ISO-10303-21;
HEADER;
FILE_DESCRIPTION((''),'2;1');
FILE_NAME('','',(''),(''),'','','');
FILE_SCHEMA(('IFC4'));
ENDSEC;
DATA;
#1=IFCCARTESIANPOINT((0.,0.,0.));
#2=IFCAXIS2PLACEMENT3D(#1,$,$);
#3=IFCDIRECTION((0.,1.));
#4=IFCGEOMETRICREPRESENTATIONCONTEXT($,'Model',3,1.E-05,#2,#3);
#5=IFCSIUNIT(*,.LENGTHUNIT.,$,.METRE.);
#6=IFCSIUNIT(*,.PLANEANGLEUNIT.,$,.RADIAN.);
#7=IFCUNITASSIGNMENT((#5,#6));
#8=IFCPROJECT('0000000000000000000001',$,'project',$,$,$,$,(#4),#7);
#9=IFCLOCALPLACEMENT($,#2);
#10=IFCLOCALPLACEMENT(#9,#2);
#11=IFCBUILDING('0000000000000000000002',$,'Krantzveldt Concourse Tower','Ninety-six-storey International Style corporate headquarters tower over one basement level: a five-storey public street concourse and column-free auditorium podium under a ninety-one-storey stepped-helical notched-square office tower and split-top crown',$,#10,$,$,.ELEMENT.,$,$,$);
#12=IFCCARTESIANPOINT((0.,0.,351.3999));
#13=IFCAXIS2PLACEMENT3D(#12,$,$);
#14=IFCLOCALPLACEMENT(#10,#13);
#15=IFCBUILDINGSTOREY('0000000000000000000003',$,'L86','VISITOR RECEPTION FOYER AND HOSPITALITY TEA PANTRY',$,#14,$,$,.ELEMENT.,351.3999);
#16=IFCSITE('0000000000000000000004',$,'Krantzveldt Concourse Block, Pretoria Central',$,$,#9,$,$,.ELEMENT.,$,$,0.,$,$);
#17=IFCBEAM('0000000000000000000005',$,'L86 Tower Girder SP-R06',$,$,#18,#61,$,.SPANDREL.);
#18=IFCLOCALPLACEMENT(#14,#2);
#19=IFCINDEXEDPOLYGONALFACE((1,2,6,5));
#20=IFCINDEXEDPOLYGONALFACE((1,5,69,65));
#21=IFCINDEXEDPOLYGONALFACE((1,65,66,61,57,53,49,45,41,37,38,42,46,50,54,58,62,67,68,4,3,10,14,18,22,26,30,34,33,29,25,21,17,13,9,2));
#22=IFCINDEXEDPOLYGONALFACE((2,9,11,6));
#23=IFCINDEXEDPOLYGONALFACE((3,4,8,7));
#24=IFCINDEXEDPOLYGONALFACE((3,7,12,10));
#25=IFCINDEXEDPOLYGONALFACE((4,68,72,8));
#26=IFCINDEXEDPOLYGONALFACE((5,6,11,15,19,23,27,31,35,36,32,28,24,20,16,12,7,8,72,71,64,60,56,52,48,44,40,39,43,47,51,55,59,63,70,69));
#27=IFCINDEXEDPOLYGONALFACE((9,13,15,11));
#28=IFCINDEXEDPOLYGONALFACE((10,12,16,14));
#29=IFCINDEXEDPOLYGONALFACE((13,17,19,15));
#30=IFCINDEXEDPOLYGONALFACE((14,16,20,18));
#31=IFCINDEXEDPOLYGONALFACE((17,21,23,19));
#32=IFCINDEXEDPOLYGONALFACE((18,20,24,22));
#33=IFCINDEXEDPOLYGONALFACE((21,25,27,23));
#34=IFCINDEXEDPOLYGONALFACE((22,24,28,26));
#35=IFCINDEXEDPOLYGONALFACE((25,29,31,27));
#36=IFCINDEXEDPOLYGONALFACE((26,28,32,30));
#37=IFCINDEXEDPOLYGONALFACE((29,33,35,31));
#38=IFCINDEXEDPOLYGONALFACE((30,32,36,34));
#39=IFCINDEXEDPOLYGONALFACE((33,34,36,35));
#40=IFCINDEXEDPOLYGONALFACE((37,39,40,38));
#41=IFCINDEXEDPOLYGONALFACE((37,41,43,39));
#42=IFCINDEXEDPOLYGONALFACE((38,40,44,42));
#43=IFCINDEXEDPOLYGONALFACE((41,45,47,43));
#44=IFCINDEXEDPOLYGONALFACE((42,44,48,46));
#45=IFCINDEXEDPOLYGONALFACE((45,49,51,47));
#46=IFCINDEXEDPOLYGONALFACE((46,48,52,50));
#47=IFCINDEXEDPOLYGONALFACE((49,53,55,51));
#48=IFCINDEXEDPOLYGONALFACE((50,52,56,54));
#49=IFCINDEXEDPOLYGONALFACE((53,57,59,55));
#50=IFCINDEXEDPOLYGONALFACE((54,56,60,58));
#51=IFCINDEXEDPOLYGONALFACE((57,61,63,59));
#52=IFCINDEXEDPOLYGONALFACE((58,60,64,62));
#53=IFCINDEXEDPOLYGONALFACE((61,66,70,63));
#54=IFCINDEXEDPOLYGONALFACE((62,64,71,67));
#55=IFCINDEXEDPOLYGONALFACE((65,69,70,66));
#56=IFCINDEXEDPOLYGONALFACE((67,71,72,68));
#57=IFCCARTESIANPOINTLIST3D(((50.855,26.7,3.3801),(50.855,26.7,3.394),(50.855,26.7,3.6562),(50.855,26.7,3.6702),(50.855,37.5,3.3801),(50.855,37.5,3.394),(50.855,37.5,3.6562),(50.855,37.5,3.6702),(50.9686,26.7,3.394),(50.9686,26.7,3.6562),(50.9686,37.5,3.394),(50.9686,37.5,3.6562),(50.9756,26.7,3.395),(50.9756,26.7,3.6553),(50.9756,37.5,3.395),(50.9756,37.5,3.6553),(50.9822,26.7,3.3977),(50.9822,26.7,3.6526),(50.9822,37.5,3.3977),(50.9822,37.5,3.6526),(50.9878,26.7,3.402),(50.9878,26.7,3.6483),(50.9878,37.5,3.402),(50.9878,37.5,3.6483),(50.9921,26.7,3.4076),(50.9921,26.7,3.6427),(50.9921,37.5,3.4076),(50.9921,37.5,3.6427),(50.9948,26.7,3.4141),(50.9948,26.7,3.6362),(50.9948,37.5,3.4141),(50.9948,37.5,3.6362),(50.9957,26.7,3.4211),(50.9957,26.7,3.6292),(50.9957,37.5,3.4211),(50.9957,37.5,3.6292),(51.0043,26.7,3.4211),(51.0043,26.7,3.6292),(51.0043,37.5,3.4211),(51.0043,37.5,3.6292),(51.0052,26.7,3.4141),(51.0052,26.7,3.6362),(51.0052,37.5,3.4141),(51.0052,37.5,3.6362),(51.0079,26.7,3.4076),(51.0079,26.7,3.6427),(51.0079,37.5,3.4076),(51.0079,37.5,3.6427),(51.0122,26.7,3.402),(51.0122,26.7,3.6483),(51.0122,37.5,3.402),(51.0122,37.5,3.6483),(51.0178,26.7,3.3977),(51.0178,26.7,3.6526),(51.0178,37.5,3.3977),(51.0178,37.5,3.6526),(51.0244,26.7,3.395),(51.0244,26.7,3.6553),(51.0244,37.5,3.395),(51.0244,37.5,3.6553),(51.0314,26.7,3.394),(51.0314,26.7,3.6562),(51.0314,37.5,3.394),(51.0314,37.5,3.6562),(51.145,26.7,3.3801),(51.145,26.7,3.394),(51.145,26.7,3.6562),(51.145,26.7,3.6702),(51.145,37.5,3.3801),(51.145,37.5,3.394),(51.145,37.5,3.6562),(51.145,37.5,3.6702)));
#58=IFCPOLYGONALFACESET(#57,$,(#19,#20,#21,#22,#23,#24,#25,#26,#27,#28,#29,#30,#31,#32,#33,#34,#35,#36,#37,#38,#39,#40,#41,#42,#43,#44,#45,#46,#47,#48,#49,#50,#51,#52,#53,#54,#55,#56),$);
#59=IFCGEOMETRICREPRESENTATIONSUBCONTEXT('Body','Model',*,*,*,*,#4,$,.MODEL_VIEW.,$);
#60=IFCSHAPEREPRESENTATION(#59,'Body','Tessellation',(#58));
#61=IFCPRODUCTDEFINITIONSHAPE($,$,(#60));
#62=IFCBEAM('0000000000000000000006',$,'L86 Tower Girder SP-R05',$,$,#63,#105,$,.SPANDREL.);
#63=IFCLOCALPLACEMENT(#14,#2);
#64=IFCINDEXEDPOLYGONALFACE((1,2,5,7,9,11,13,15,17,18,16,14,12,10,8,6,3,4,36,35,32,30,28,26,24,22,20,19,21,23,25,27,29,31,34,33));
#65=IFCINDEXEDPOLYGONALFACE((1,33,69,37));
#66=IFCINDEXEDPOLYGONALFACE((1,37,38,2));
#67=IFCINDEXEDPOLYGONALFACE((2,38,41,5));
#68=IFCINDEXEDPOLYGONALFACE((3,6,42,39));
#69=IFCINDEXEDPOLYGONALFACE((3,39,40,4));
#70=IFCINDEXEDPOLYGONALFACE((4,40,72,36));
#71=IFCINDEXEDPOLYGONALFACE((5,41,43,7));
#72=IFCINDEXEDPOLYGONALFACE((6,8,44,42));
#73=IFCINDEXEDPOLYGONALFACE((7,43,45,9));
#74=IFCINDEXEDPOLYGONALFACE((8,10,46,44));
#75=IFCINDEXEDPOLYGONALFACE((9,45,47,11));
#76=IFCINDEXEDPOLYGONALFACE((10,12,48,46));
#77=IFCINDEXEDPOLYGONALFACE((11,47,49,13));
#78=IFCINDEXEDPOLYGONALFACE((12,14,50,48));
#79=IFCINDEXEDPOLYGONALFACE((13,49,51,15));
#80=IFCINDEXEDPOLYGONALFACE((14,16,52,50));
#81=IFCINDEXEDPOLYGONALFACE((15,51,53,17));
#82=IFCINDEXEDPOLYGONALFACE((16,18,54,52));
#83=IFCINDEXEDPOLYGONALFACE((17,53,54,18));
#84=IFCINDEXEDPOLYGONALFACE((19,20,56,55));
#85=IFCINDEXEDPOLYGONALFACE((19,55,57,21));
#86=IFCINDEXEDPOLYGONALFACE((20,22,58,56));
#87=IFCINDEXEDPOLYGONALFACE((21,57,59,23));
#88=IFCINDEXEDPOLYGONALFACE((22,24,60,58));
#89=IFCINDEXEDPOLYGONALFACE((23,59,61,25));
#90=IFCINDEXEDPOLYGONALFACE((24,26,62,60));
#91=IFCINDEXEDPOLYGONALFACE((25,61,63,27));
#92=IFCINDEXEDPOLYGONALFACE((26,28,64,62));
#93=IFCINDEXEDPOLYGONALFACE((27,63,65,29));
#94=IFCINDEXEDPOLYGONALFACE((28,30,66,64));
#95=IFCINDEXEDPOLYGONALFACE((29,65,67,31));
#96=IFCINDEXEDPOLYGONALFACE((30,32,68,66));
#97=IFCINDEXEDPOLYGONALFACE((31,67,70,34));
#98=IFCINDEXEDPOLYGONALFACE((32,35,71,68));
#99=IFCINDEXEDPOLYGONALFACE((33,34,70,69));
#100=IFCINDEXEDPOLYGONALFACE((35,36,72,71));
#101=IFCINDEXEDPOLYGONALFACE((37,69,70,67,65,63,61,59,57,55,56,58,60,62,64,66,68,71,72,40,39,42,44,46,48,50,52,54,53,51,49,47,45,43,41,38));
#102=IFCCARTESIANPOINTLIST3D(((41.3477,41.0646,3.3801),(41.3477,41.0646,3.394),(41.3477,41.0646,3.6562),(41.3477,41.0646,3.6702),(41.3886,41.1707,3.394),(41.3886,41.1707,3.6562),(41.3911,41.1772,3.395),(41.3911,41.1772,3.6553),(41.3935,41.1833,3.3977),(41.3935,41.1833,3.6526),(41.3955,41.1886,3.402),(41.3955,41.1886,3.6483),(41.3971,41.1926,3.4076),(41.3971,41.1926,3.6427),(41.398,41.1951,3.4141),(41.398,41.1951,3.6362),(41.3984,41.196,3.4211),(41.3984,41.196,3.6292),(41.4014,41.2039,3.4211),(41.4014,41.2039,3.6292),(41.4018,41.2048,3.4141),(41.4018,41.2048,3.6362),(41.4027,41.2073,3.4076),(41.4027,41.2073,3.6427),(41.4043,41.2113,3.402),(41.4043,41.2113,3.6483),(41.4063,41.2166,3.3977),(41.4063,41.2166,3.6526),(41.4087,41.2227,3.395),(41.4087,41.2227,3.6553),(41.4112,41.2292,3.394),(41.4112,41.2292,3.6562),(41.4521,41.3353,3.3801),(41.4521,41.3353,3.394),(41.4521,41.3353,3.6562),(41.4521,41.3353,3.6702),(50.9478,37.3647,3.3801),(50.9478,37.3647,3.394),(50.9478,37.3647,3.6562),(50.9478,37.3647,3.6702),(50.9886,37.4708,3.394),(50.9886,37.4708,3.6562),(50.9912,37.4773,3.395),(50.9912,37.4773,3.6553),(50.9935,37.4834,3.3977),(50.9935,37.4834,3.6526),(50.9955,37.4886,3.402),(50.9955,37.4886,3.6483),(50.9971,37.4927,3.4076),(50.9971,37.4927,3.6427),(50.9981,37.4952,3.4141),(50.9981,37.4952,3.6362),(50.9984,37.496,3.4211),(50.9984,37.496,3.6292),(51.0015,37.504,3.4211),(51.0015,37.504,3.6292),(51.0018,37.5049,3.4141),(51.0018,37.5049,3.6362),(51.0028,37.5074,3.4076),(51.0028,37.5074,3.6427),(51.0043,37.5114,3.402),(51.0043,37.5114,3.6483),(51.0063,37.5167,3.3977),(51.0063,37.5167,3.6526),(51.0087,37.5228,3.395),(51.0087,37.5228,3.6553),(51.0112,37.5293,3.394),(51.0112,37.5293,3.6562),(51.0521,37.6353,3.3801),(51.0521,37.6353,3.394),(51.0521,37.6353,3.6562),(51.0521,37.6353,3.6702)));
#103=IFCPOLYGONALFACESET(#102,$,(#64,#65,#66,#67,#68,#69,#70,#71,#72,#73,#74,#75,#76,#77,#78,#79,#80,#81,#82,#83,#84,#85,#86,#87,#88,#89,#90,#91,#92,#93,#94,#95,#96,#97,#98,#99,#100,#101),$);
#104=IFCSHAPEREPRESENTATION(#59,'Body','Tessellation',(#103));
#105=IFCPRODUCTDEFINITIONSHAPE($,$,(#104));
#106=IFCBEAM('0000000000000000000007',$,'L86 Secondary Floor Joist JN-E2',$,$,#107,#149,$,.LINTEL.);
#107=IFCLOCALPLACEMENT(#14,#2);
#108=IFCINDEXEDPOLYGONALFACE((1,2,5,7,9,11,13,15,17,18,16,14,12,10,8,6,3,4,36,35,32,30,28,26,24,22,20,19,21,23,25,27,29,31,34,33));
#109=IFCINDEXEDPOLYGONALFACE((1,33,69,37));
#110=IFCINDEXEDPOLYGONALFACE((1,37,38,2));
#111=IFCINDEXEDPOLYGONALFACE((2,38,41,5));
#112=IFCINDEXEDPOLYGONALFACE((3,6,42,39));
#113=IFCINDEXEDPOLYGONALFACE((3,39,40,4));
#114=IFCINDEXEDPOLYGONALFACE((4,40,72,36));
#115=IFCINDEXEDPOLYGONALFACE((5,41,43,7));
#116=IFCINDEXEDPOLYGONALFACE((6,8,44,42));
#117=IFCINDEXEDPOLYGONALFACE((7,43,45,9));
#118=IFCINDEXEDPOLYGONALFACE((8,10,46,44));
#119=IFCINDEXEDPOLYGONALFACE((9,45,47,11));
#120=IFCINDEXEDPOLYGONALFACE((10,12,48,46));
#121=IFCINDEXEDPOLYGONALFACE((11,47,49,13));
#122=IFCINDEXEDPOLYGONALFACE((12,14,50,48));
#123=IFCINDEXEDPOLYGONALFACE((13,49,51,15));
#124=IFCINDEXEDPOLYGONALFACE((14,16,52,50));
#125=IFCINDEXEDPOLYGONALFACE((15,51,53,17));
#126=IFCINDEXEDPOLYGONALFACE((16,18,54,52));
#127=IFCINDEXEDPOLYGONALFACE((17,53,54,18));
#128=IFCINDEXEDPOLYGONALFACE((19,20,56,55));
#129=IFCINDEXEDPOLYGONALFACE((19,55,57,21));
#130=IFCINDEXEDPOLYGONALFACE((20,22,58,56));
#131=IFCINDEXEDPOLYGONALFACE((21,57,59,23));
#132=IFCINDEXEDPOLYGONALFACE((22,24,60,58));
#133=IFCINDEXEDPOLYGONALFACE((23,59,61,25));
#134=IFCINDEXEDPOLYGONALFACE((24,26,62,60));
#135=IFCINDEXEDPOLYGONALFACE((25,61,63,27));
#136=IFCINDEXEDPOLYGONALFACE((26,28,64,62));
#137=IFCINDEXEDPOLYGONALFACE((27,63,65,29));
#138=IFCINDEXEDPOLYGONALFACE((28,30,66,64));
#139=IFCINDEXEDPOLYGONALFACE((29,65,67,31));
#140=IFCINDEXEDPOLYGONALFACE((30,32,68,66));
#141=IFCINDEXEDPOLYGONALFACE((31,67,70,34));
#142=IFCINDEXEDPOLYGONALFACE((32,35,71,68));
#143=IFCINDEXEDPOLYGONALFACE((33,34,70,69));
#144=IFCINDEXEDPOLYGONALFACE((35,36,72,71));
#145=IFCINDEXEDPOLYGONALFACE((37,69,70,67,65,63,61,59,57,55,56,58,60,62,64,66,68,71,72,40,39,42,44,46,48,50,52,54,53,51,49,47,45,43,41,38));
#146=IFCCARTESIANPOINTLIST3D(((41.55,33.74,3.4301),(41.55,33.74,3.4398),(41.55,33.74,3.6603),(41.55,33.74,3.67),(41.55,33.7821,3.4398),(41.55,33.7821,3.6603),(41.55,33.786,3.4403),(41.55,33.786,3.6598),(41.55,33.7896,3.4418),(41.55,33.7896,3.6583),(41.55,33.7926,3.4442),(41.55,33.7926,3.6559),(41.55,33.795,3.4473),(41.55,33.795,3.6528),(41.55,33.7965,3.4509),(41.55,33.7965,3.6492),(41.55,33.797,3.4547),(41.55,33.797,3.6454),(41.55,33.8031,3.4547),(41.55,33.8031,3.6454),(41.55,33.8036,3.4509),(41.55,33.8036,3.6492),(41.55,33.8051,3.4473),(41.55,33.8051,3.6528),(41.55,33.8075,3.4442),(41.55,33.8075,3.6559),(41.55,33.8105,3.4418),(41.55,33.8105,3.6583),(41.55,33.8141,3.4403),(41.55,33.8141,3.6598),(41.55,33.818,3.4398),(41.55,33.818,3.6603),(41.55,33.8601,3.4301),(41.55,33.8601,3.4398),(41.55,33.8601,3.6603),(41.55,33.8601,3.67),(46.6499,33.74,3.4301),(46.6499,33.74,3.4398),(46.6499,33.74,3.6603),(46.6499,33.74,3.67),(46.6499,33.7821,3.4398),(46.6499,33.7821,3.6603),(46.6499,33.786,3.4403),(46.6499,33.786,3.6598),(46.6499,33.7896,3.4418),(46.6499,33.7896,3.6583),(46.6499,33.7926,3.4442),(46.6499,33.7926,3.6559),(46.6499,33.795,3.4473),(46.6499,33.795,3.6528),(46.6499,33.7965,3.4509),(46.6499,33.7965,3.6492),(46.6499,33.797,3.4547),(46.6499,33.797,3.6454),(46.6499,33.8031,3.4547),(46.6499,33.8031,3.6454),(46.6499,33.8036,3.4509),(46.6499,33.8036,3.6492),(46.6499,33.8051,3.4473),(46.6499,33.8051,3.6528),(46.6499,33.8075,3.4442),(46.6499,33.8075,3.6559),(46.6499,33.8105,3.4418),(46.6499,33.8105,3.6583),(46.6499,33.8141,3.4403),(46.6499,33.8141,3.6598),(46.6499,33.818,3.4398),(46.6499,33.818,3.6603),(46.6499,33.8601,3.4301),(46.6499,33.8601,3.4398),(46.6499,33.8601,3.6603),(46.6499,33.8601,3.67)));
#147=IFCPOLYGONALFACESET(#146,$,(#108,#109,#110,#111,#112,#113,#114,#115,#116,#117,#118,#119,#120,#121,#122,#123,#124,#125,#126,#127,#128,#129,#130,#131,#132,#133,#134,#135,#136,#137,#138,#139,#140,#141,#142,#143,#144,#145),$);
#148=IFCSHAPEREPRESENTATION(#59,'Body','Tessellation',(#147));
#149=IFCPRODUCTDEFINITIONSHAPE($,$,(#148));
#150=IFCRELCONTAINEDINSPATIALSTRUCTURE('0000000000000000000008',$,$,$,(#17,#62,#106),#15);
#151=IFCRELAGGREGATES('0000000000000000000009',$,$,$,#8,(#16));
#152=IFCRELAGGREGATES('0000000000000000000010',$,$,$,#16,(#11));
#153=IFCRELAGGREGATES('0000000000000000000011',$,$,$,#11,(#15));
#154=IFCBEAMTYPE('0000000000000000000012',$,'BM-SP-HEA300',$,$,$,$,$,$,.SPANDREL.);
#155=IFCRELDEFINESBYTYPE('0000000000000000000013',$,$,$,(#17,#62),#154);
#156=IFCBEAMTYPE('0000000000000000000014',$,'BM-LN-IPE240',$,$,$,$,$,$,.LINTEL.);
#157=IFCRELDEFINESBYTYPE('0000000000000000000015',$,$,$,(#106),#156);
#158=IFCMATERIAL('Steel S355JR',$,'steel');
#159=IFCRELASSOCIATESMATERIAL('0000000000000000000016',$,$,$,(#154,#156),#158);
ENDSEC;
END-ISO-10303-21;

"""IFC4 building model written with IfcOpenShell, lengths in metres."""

from ifc_helpers import new_model, si_unit, direction, frame, origin, origin_2d, place, context, subcontext, project, spatial, i_section, extrude, source, transform, mapped, material, material_profile, profile_set, type_object, type_shapes, element, save


model = new_model("IFC4")

# Units and contexts
model_context = context("Model", 3, precision=1e-05, world=origin(), true_north=direction((0.0, 1.0)))
body_context = subcontext(model_context, "Body", "Model", "MODEL_VIEW")
ifc_project = project(units=[si_unit("LENGTHUNIT", "METRE"), si_unit("PLANEANGLEUNIT", "RADIAN")], contexts=[model_context])

# Site, building, storey
site_placement = place(None, origin())
site = spatial("IfcSite", under=ifc_project, at=site_placement, Name="Krantzveldt Concourse Block, Pretoria Central", CompositionType="ELEMENT", RefElevation=0.0)
building_placement = place(site_placement, origin())
building = spatial("IfcBuilding", under=site, at=building_placement, Name="Krantzveldt Concourse Tower", Description="Ninety-six-storey International Style corporate headquarters tower over one basement level: a five-storey public street concourse and column-free auditorium podium under a ninety-one-storey stepped-helical notched-square office tower and split-top crown", CompositionType="ELEMENT")
storey_placement = place(building_placement, frame((0.0, 0.0, 351.3999)))
storey = spatial("IfcBuildingStorey", under=building, at=storey_placement, Name="L86", Description="VISITOR RECEPTION FOYER AND HOSPITALITY TEA PANTRY", CompositionType="ELEMENT", Elevation=351.3999)

# Beams
ifc_material_1 = material(Name="Steel S355JR", Category="steel")
ifc_material_profile_1 = material_profile(ifc_material_1, i_section(OverallWidth=0.29, OverallDepth=0.29, WebThickness=0.0085, FlangeThickness=0.0139, FilletRadius=0.0271, at=origin_2d()), Name="Steel S355JR", Category="steel")
ifc_profile_set_1 = profile_set([ifc_material_profile_1], Name="Steel S355JR - HEA 300")
beam_type_1 = type_object("IfcBeamType", Name="BM-SP-HEA300", PredefinedType="SPANDREL", material=ifc_profile_set_1)
shared_shape_1 = source(origin(), body_context, "Body", "SweptSolid", [
    extrude(i_section(OverallWidth=0.29, OverallDepth=0.29, WebThickness=0.0085, FlangeThickness=0.0139, FilletRadius=0.0271, at=origin_2d()), origin(), (0.0, 0.0, 1.0), 10.8),
])
beam_1_placement = place(storey_placement, frame((51.0, 37.5, 3.5251), z_axis=(0.0, -1.0, 0.0), x_axis=(1.0, 0.0, 0.0)))
element("IfcBeam", 1, at=beam_1_placement, inside=storey, type_object=beam_type_1, Name="L86 Tower Girder SP-R06", PredefinedType="SPANDREL", context=body_context, shape_type="MappedRepresentation", body=[
    mapped(shared_shape_1, transform((0.0, 0.0, 0.0), x_axis=(1.0, 0.0, 0.0), y_axis=(0.0, 1.0, 0.0), z_axis=(0.0, 0.0, 1.0), scale=1.0)),
])
shared_shape_2 = source(origin(), body_context, "Body", "SweptSolid", [
    extrude(i_section(OverallWidth=0.29, OverallDepth=0.29, WebThickness=0.0085, FlangeThickness=0.0139, FilletRadius=0.0271, at=origin_2d()), origin(), (0.0, 0.0, 1.0), 10.2883),
])
type_shapes(beam_type_1, [shared_shape_1, shared_shape_2])
beam_2_placement = place(storey_placement, frame((41.3999, 41.2, 3.5251), z_axis=(0.933098, -0.359623, 0.0), x_axis=(0.359623, 0.933098, 0.0)))
element("IfcBeam", 2, at=beam_2_placement, inside=storey, type_object=beam_type_1, Name="L86 Tower Girder SP-R05", PredefinedType="SPANDREL", context=body_context, shape_type="MappedRepresentation", body=[
    mapped(shared_shape_2, transform((0.0, 0.0, 0.0), x_axis=(1.0, 0.0, 0.0), y_axis=(0.0, 1.0, 0.0), z_axis=(0.0, 0.0, 1.0), scale=1.0)),
])
ifc_material_profile_2 = material_profile(ifc_material_1, i_section(OverallWidth=0.1201, OverallDepth=0.24, WebThickness=0.0061, FlangeThickness=0.0098, FilletRadius=0.0149, at=origin_2d()), Name="Steel S355JR", Category="steel")
ifc_profile_set_2 = profile_set([ifc_material_profile_2], Name="Steel S355JR - IPE 240")
beam_type_2 = type_object("IfcBeamType", Name="BM-LN-IPE240", PredefinedType="LINTEL", material=ifc_profile_set_2)
shared_shape_3 = source(origin(), body_context, "Body", "SweptSolid", [
    extrude(i_section(OverallWidth=0.1201, OverallDepth=0.24, WebThickness=0.0061, FlangeThickness=0.0098, FilletRadius=0.0149, at=origin_2d()), origin(), (0.0, 0.0, 1.0), 5.0999),
])
type_shapes(beam_type_2, [shared_shape_3])
beam_3_placement = place(storey_placement, frame((41.55, 33.8, 3.55), z_axis=(1.0, 0.0, 0.0), x_axis=(0.0, 1.0, 0.0)))
element("IfcBeam", 3, at=beam_3_placement, inside=storey, type_object=beam_type_2, Name="L86 Secondary Floor Joist JN-E2", PredefinedType="LINTEL", context=body_context, shape_type="MappedRepresentation", body=[
    mapped(shared_shape_3, transform((0.0, 0.0, 0.0), x_axis=(1.0, 0.0, 0.0), y_axis=(0.0, 1.0, 0.0), z_axis=(0.0, 0.0, 1.0), scale=1.0)),
])

save(model, "model.ifc")
